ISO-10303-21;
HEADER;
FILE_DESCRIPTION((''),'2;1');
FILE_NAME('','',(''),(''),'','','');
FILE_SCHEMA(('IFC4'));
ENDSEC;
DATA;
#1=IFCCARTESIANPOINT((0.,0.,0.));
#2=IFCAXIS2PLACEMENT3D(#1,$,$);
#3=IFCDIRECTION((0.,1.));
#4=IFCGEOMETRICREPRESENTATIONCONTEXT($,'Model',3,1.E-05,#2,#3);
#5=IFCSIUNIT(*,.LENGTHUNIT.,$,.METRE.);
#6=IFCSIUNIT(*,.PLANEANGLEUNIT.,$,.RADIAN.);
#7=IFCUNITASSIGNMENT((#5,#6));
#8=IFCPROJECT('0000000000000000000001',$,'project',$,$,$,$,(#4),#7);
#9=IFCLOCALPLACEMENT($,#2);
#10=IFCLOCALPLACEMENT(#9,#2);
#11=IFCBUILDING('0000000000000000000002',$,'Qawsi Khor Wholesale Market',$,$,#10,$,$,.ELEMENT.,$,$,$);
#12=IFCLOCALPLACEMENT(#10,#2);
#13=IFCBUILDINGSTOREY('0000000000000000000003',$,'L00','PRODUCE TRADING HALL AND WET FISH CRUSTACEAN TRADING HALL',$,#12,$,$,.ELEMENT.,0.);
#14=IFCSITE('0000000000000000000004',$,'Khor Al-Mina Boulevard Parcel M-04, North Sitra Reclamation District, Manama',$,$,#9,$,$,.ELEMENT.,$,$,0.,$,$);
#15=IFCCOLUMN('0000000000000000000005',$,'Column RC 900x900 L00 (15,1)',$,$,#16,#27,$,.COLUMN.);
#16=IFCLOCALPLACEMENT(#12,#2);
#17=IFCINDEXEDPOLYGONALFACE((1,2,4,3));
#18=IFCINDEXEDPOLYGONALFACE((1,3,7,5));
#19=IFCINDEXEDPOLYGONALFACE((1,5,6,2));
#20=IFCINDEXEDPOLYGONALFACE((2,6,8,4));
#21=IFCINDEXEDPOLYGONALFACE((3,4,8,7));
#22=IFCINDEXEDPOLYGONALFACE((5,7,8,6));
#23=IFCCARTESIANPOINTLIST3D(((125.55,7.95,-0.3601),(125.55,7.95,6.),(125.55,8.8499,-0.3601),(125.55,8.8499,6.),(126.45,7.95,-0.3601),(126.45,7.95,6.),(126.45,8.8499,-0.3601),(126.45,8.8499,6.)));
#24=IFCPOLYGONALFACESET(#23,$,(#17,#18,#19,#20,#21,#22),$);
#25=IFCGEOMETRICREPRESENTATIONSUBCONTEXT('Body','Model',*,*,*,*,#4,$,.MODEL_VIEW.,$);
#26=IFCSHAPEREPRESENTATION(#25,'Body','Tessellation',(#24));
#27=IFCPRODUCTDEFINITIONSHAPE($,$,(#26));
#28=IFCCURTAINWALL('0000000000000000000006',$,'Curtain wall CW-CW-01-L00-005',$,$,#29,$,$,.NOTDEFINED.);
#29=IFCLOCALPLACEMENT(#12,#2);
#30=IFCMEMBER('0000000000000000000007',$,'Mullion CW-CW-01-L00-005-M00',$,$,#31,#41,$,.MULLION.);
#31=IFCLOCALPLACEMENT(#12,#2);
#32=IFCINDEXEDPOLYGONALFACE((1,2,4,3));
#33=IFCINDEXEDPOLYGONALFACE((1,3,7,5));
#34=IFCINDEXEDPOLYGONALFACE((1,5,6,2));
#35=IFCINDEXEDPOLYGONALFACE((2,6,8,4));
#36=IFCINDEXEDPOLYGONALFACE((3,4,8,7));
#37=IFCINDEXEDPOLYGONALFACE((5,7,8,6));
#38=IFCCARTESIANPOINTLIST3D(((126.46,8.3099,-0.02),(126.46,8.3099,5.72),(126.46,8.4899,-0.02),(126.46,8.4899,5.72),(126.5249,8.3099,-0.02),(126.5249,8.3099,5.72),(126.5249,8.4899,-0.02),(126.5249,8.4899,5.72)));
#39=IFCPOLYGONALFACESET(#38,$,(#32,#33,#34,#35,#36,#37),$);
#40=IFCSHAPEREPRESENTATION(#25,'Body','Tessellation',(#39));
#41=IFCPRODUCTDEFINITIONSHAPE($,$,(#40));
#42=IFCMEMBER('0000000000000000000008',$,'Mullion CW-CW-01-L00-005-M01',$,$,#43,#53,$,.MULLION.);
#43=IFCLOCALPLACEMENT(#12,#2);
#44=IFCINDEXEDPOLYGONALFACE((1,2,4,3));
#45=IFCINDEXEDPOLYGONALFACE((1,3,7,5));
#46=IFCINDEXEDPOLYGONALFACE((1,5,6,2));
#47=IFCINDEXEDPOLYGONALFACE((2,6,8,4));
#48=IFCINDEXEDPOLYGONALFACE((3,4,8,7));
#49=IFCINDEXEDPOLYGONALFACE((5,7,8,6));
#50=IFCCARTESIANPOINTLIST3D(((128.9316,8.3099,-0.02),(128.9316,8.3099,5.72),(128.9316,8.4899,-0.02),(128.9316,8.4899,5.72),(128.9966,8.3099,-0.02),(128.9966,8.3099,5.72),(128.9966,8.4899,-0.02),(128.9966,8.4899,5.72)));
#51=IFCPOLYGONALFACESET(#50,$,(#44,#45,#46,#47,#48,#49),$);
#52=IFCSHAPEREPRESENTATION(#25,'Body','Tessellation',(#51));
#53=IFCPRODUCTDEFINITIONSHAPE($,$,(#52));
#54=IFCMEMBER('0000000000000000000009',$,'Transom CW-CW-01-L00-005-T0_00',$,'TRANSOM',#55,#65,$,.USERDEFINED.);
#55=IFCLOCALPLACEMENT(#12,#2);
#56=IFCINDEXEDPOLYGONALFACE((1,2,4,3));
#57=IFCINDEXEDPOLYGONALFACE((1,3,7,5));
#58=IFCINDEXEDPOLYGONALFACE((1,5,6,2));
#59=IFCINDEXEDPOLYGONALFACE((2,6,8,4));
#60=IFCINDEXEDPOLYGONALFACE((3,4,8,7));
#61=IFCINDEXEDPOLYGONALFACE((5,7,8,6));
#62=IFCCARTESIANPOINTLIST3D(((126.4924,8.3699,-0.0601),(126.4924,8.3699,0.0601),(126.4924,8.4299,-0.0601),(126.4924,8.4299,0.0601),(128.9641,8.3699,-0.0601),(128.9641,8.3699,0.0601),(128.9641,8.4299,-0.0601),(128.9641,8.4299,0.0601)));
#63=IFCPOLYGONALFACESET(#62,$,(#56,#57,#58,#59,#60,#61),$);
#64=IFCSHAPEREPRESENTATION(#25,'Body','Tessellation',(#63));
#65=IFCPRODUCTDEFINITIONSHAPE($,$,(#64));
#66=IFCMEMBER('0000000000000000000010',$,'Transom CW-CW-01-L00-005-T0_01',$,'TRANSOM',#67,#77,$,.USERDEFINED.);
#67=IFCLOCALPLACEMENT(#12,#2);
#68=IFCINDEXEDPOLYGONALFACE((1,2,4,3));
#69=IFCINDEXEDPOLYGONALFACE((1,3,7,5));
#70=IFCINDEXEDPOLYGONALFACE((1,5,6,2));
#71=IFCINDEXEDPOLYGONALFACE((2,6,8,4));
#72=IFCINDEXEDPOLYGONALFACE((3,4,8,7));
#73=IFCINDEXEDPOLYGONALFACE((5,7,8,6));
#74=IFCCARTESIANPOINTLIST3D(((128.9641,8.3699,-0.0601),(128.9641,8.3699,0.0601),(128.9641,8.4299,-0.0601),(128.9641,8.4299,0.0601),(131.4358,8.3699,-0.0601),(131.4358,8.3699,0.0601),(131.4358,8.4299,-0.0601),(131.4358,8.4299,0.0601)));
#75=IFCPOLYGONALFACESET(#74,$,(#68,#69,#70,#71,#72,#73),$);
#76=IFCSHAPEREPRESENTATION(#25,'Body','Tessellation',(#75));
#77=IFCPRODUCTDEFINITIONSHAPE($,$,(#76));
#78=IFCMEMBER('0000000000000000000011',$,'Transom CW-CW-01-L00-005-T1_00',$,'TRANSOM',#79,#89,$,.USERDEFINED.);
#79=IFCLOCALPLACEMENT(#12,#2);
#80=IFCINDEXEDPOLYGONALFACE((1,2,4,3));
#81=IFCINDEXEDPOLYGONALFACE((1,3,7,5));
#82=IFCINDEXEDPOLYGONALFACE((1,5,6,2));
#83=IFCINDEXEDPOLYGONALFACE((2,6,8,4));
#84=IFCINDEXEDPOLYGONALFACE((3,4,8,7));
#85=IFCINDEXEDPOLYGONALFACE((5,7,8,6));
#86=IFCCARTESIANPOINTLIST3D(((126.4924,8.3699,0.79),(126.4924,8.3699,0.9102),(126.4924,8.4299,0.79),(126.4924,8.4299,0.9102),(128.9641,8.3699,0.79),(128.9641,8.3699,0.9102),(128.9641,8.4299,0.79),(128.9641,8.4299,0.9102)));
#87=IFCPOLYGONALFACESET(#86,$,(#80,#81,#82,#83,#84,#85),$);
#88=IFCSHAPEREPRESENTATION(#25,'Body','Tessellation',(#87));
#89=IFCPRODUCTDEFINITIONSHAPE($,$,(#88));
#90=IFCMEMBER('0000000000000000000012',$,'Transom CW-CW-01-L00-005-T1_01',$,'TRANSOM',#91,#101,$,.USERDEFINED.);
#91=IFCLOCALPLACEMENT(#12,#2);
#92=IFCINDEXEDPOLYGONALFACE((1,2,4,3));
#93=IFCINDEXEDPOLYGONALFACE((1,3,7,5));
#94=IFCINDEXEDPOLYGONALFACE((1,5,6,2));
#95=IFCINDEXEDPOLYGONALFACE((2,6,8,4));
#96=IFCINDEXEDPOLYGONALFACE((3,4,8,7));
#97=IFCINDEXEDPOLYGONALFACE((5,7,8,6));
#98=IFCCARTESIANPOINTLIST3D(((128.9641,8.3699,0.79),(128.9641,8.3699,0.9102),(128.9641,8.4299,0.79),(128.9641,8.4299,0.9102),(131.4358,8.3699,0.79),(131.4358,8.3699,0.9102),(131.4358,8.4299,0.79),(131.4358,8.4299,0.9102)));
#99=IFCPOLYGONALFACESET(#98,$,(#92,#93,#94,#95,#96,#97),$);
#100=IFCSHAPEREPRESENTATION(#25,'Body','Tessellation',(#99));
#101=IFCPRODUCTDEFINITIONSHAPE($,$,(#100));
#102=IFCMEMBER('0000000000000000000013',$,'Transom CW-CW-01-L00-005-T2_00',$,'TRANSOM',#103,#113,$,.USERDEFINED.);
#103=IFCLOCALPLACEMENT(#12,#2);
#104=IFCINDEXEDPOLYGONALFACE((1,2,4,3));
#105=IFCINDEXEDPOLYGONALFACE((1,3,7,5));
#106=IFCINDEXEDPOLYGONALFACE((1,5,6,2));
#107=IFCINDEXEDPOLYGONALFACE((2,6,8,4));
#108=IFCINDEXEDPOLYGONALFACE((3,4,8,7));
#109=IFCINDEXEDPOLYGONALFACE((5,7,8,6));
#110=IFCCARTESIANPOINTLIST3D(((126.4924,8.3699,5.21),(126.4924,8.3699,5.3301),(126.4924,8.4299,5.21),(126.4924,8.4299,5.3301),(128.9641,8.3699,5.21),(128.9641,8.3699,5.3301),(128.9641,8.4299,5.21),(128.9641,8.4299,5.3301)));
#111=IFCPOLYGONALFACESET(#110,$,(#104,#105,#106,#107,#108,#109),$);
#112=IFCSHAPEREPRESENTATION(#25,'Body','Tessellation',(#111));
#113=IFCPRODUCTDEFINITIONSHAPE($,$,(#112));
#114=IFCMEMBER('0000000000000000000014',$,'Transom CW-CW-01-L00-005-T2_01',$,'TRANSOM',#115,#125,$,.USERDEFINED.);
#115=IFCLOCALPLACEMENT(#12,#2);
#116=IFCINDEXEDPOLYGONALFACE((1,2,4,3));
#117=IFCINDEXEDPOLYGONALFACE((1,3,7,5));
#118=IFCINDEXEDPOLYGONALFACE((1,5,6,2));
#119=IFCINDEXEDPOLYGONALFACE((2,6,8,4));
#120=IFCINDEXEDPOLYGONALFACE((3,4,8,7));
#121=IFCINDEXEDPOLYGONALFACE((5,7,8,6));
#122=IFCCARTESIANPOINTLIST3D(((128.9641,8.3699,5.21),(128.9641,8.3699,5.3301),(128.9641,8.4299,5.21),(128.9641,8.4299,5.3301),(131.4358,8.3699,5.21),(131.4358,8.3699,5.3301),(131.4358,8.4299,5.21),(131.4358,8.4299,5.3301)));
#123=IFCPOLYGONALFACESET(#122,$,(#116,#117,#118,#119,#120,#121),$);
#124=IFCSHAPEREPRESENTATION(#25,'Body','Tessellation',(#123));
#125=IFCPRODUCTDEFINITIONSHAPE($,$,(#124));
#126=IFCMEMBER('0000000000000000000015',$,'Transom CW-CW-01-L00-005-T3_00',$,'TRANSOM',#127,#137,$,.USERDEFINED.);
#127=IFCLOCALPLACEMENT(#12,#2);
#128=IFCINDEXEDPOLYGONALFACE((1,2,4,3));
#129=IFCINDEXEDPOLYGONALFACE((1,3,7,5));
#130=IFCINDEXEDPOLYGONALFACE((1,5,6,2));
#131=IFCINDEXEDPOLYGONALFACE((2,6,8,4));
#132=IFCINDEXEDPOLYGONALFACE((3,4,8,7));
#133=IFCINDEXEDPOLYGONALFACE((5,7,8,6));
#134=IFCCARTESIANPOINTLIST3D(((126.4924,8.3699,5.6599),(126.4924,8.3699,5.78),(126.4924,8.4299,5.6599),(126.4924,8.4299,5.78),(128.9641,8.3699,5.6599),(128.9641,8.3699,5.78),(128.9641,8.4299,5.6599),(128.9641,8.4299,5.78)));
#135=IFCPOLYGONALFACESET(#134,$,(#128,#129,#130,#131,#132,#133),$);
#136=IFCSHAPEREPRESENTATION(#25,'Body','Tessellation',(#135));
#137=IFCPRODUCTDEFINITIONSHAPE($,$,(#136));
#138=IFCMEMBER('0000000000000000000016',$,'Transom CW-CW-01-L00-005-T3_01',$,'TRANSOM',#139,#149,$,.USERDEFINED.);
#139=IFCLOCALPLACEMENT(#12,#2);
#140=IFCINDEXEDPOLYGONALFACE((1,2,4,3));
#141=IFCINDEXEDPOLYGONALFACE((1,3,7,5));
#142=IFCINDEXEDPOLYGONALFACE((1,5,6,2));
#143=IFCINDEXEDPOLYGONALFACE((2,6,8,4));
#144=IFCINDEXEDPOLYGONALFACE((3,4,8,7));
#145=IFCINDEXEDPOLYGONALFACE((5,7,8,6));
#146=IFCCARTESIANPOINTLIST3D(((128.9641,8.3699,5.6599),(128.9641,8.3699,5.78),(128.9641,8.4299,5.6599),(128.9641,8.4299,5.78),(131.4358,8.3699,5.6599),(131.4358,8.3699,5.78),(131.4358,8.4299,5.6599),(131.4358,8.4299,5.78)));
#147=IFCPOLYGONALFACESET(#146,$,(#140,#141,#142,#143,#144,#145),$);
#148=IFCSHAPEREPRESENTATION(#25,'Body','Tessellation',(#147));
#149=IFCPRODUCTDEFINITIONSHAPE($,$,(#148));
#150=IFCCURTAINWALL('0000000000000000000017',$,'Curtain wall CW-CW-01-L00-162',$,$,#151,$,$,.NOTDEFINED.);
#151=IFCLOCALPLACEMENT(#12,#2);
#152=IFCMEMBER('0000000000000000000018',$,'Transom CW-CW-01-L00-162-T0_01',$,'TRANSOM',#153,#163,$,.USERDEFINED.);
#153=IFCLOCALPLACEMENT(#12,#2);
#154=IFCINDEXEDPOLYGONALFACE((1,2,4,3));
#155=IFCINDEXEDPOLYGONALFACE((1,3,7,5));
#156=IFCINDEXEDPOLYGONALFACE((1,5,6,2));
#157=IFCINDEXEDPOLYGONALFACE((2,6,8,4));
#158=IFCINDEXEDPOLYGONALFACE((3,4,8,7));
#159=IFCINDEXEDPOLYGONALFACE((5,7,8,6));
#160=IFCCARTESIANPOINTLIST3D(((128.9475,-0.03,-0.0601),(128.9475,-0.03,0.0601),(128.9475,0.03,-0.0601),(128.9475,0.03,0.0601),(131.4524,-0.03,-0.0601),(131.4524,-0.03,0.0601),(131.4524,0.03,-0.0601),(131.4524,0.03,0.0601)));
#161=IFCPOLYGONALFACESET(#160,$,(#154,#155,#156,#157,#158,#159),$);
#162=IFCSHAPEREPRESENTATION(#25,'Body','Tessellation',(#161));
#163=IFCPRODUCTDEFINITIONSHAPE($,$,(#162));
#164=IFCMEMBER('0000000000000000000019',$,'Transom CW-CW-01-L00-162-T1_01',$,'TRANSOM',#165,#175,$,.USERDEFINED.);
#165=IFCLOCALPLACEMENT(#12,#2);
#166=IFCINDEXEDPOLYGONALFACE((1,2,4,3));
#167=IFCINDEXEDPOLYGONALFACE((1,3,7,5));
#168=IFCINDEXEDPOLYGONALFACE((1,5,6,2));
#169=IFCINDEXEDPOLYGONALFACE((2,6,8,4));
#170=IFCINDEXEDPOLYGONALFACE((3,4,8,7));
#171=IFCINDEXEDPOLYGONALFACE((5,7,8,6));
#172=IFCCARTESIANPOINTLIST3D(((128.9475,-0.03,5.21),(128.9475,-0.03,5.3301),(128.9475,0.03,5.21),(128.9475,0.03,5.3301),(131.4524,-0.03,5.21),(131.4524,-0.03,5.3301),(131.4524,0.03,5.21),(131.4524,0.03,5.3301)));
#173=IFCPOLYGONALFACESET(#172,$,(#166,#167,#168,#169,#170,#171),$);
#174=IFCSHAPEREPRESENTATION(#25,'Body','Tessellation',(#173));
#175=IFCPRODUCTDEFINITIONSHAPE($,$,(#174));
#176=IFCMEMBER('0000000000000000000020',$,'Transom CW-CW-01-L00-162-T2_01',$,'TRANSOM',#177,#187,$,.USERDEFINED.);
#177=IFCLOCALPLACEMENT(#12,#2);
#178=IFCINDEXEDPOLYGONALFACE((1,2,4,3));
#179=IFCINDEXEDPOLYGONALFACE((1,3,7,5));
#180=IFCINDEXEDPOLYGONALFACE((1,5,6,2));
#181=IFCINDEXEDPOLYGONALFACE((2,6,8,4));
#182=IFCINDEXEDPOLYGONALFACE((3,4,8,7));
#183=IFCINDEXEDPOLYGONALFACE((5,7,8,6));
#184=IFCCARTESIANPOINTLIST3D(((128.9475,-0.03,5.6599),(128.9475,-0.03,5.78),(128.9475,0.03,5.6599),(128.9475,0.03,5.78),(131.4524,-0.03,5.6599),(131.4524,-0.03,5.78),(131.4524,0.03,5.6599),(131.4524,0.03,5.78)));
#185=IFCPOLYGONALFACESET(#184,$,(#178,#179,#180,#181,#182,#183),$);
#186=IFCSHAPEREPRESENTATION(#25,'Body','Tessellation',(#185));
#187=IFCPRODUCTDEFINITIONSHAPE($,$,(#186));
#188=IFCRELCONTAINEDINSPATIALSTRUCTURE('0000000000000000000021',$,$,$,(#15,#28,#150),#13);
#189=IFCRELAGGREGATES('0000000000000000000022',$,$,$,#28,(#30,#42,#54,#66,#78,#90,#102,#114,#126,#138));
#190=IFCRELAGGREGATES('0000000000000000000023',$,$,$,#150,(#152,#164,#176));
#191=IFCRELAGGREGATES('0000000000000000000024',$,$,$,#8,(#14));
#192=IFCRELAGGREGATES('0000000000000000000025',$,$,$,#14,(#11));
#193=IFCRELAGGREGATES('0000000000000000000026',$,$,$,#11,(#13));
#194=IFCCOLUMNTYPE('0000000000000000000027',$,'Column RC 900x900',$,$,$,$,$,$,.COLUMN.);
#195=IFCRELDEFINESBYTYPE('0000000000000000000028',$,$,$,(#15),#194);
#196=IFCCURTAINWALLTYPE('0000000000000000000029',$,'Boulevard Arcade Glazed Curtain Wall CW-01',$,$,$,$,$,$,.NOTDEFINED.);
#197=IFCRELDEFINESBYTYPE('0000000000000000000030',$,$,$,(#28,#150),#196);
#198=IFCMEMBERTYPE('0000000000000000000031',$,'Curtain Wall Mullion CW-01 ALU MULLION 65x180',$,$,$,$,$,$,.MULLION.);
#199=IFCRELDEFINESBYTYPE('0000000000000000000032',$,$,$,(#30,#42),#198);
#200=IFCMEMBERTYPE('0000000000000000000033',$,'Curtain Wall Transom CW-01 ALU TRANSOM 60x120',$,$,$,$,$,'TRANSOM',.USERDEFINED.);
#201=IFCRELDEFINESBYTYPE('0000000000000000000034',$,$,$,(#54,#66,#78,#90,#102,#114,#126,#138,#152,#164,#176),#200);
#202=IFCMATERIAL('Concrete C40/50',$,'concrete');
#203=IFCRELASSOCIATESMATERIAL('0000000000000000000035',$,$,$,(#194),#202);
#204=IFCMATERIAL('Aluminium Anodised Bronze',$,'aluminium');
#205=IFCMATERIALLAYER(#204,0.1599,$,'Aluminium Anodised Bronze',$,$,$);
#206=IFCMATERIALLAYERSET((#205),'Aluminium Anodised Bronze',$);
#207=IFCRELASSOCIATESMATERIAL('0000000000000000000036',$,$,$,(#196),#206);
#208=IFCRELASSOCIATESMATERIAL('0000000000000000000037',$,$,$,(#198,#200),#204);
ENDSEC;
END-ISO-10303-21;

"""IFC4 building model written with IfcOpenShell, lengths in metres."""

from ifc_helpers import new_model, si_unit, direction, frame, origin, origin_2d, place, context, subcontext, project, spatial, rectangle, extrude, material, layer, layer_set, material_profile, profile_set, type_object, element, aggregate, save


model = new_model("IFC4")

# Units and contexts
model_context = context("Model", 3, precision=1e-05, world=origin(), true_north=direction((0.0, 1.0)))
body_context = subcontext(model_context, "Body", "Model", "MODEL_VIEW")
ifc_project = project(units=[si_unit("LENGTHUNIT", "METRE"), si_unit("PLANEANGLEUNIT", "RADIAN")], contexts=[model_context])

# Site, building, storey
site_placement = place(None, origin())
site = spatial("IfcSite", under=ifc_project, at=site_placement, Name="Khor Al-Mina Boulevard Parcel M-04, North Sitra Reclamation District, Manama", CompositionType="ELEMENT", RefElevation=0.0)
building_placement = place(site_placement, origin())
building = spatial("IfcBuilding", under=site, at=building_placement, Name="Qawsi Khor Wholesale Market", CompositionType="ELEMENT")
storey_placement = place(building_placement, origin())
storey = spatial("IfcBuildingStorey", under=building, at=storey_placement, Name="L00", Description="PRODUCE TRADING HALL AND WET FISH CRUSTACEAN TRADING HALL", CompositionType="ELEMENT", Elevation=0.0)

# Column
ifc_material_1 = material(Name="Concrete C40/50", Category="concrete")
ifc_material_profile_1 = material_profile(ifc_material_1, rectangle(XDim=0.8999, YDim=0.8999, at=origin_2d()), Name="RC 900x900")
ifc_profile_set_1 = profile_set([ifc_material_profile_1], Name="Concrete C40/50")
column_type = type_object("IfcColumnType", Name="Column RC 900x900", PredefinedType="COLUMN", material=ifc_profile_set_1)
for number, where, z_axis, x_axis, name in (
    (1, (126.0, 8.3999, -0.3601), (0.0, 0.0, 1.0), (1.0, 0.0, 0.0), "Column RC 900x900 L00 (15,1)"),
):
    element("IfcColumn", number, at=place(storey_placement, frame(where, z_axis=z_axis, x_axis=x_axis)), inside=storey, type_object=column_type, Name=name, PredefinedType="COLUMN", context=body_context, shape_type="SweptSolid", body=[
        extrude(rectangle(XDim=0.8999, YDim=0.8999, at=origin_2d()), origin(), (0.0, 0.0, 1.0), 6.3601),
    ])

# Curtain walls, members
ifc_material_2 = material(Name="Aluminium Anodised Bronze", Category="aluminium")
ifc_layer_1 = layer(ifc_material_2, 0.1599, Name="Aluminium Anodised Bronze")
ifc_layer_set_1 = layer_set([ifc_layer_1], Name="Aluminium Anodised Bronze")
curtain_wall_type = type_object("IfcCurtainWallType", Name="Boulevard Arcade Glazed Curtain Wall CW-01", PredefinedType="NOTDEFINED", material=ifc_layer_set_1)
curtain_wall_1_placement = place(storey_placement, origin())
curtain_wall_1 = element("IfcCurtainWall", 2, at=curtain_wall_1_placement, inside=storey, type_object=curtain_wall_type, Name="Curtain wall CW-CW-01-L00-005", PredefinedType="NOTDEFINED")
ifc_material_profile_2 = material_profile(ifc_material_2, rectangle(XDim=0.0649, YDim=0.1799, at=origin_2d()), Name="ALU MULLION 65x180")
ifc_profile_set_2 = profile_set([ifc_material_profile_2], Name="Aluminium Anodised Bronze")
member_type_1 = type_object("IfcMemberType", Name="Curtain Wall Mullion CW-01 ALU MULLION 65x180", PredefinedType="MULLION", material=ifc_profile_set_2)
member_1_placement = place(storey_placement, frame((126.4924, 8.3999, -0.02), z_axis=(0.0, 0.0, 1.0), x_axis=(1.0, 0.0, 0.0)))
member_1 = element("IfcMember", 3, at=member_1_placement, type_object=member_type_1, Name="Mullion CW-CW-01-L00-005-M00", PredefinedType="MULLION", context=body_context, shape_type="SweptSolid", body=[
    extrude(rectangle(XDim=0.0649, YDim=0.1799, at=origin_2d()), origin(), (0.0, 0.0, 1.0), 5.74),
])
member_2_placement = place(storey_placement, frame((128.9641, 8.3999, -0.02), z_axis=(0.0, 0.0, 1.0), x_axis=(1.0, 0.0, 0.0)))
member_2 = element("IfcMember", 4, at=member_2_placement, type_object=member_type_1, Name="Mullion CW-CW-01-L00-005-M01", PredefinedType="MULLION", context=body_context, shape_type="SweptSolid", body=[
    extrude(rectangle(XDim=0.0649, YDim=0.1799, at=origin_2d()), origin(), (0.0, 0.0, 1.0), 5.74),
])
ifc_material_profile_3 = material_profile(ifc_material_2, rectangle(XDim=0.0601, YDim=0.1201, at=origin_2d()), Name="ALU TRANSOM 60x120")
ifc_profile_set_3 = profile_set([ifc_material_profile_3], Name="Aluminium Anodised Bronze")
member_type_2 = type_object("IfcMemberType", Name="Curtain Wall Transom CW-01 ALU TRANSOM 60x120", ElementType="TRANSOM", PredefinedType="USERDEFINED", material=ifc_profile_set_3)
member_3_placement = place(storey_placement, frame((126.4924, 8.3999, 0.0), z_axis=(1.0, 0.0, 0.0), x_axis=(0.0, 1.0, 0.0)))
member_3 = element("IfcMember", 5, at=member_3_placement, type_object=member_type_2, Name="Transom CW-CW-01-L00-005-T0_00", ObjectType="TRANSOM", PredefinedType="USERDEFINED", context=body_context, shape_type="SweptSolid", body=[
    extrude(rectangle(XDim=0.0601, YDim=0.1201, at=origin_2d()), origin(), (0.0, 0.0, 1.0), 2.4717),
])
member_4_placement = place(storey_placement, frame((128.9641, 8.3999, 0.0), z_axis=(1.0, 0.0, 0.0), x_axis=(0.0, 1.0, 0.0)))
member_4 = element("IfcMember", 6, at=member_4_placement, type_object=member_type_2, Name="Transom CW-CW-01-L00-005-T0_01", ObjectType="TRANSOM", PredefinedType="USERDEFINED", context=body_context, shape_type="SweptSolid", body=[
    extrude(rectangle(XDim=0.0601, YDim=0.1201, at=origin_2d()), origin(), (0.0, 0.0, 1.0), 2.4717),
])
member_5_placement = place(storey_placement, frame((126.4924, 8.3999, 0.8501), z_axis=(1.0, 0.0, 0.0), x_axis=(0.0, 1.0, 0.0)))
member_5 = element("IfcMember", 7, at=member_5_placement, type_object=member_type_2, Name="Transom CW-CW-01-L00-005-T1_00", ObjectType="TRANSOM", PredefinedType="USERDEFINED", context=body_context, shape_type="SweptSolid", body=[
    extrude(rectangle(XDim=0.0601, YDim=0.1201, at=origin_2d()), origin(), (0.0, 0.0, 1.0), 2.4717),
])
member_6_placement = place(storey_placement, frame((128.9641, 8.3999, 0.8501), z_axis=(1.0, 0.0, 0.0), x_axis=(0.0, 1.0, 0.0)))
member_6 = element("IfcMember", 8, at=member_6_placement, type_object=member_type_2, Name="Transom CW-CW-01-L00-005-T1_01", ObjectType="TRANSOM", PredefinedType="USERDEFINED", context=body_context, shape_type="SweptSolid", body=[
    extrude(rectangle(XDim=0.0601, YDim=0.1201, at=origin_2d()), origin(), (0.0, 0.0, 1.0), 2.4717),
])
member_7_placement = place(storey_placement, frame((126.4924, 8.3999, 5.27), z_axis=(1.0, 0.0, 0.0), x_axis=(0.0, 1.0, 0.0)))
member_7 = element("IfcMember", 9, at=member_7_placement, type_object=member_type_2, Name="Transom CW-CW-01-L00-005-T2_00", ObjectType="TRANSOM", PredefinedType="USERDEFINED", context=body_context, shape_type="SweptSolid", body=[
    extrude(rectangle(XDim=0.0601, YDim=0.1201, at=origin_2d()), origin(), (0.0, 0.0, 1.0), 2.4717),
])
member_8_placement = place(storey_placement, frame((128.9641, 8.3999, 5.27), z_axis=(1.0, 0.0, 0.0), x_axis=(0.0, 1.0, 0.0)))
member_8 = element("IfcMember", 10, at=member_8_placement, type_object=member_type_2, Name="Transom CW-CW-01-L00-005-T2_01", ObjectType="TRANSOM", PredefinedType="USERDEFINED", context=body_context, shape_type="SweptSolid", body=[
    extrude(rectangle(XDim=0.0601, YDim=0.1201, at=origin_2d()), origin(), (0.0, 0.0, 1.0), 2.4717),
])
member_9_placement = place(storey_placement, frame((126.4924, 8.3999, 5.72), z_axis=(1.0, 0.0, 0.0), x_axis=(0.0, 1.0, 0.0)))
member_9 = element("IfcMember", 11, at=member_9_placement, type_object=member_type_2, Name="Transom CW-CW-01-L00-005-T3_00", ObjectType="TRANSOM", PredefinedType="USERDEFINED", context=body_context, shape_type="SweptSolid", body=[
    extrude(rectangle(XDim=0.0601, YDim=0.1201, at=origin_2d()), origin(), (0.0, 0.0, 1.0), 2.4717),
])
member_10_placement = place(storey_placement, frame((128.9641, 8.3999, 5.72), z_axis=(1.0, 0.0, 0.0), x_axis=(0.0, 1.0, 0.0)))
member_10 = element("IfcMember", 12, at=member_10_placement, type_object=member_type_2, Name="Transom CW-CW-01-L00-005-T3_01", ObjectType="TRANSOM", PredefinedType="USERDEFINED", context=body_context, shape_type="SweptSolid", body=[
    extrude(rectangle(XDim=0.0601, YDim=0.1201, at=origin_2d()), origin(), (0.0, 0.0, 1.0), 2.4717),
])
curtain_wall_2_placement = place(storey_placement, origin())
curtain_wall_2 = element("IfcCurtainWall", 13, at=curtain_wall_2_placement, inside=storey, type_object=curtain_wall_type, Name="Curtain wall CW-CW-01-L00-162", PredefinedType="NOTDEFINED")
member_11_placement = place(storey_placement, frame((128.9475, 0.0, 0.0), z_axis=(1.0, 0.0, 0.0), x_axis=(0.0, 1.0, 0.0)))
member_11 = element("IfcMember", 14, at=member_11_placement, type_object=member_type_2, Name="Transom CW-CW-01-L00-162-T0_01", ObjectType="TRANSOM", PredefinedType="USERDEFINED", context=body_context, shape_type="SweptSolid", body=[
    extrude(rectangle(XDim=0.0601, YDim=0.1201, at=origin_2d()), origin(), (0.0, 0.0, 1.0), 2.5049),
])
member_12_placement = place(storey_placement, frame((128.9475, 0.0, 5.27), z_axis=(1.0, 0.0, 0.0), x_axis=(0.0, 1.0, 0.0)))
member_12 = element("IfcMember", 15, at=member_12_placement, type_object=member_type_2, Name="Transom CW-CW-01-L00-162-T1_01", ObjectType="TRANSOM", PredefinedType="USERDEFINED", context=body_context, shape_type="SweptSolid", body=[
    extrude(rectangle(XDim=0.0601, YDim=0.1201, at=origin_2d()), origin(), (0.0, 0.0, 1.0), 2.5049),
])
member_13_placement = place(storey_placement, frame((128.9475, 0.0, 5.72), z_axis=(1.0, 0.0, 0.0), x_axis=(0.0, 1.0, 0.0)))
member_13 = element("IfcMember", 16, at=member_13_placement, type_object=member_type_2, Name="Transom CW-CW-01-L00-162-T2_01", ObjectType="TRANSOM", PredefinedType="USERDEFINED", context=body_context, shape_type="SweptSolid", body=[
    extrude(rectangle(XDim=0.0601, YDim=0.1201, at=origin_2d()), origin(), (0.0, 0.0, 1.0), 2.5049),
])

aggregate(curtain_wall_1, [member_1, member_2, member_3, member_4, member_5, member_6, member_7, member_8, member_9, member_10])
aggregate(curtain_wall_2, [member_11, member_12, member_13])

save(model, "model.ifc")
